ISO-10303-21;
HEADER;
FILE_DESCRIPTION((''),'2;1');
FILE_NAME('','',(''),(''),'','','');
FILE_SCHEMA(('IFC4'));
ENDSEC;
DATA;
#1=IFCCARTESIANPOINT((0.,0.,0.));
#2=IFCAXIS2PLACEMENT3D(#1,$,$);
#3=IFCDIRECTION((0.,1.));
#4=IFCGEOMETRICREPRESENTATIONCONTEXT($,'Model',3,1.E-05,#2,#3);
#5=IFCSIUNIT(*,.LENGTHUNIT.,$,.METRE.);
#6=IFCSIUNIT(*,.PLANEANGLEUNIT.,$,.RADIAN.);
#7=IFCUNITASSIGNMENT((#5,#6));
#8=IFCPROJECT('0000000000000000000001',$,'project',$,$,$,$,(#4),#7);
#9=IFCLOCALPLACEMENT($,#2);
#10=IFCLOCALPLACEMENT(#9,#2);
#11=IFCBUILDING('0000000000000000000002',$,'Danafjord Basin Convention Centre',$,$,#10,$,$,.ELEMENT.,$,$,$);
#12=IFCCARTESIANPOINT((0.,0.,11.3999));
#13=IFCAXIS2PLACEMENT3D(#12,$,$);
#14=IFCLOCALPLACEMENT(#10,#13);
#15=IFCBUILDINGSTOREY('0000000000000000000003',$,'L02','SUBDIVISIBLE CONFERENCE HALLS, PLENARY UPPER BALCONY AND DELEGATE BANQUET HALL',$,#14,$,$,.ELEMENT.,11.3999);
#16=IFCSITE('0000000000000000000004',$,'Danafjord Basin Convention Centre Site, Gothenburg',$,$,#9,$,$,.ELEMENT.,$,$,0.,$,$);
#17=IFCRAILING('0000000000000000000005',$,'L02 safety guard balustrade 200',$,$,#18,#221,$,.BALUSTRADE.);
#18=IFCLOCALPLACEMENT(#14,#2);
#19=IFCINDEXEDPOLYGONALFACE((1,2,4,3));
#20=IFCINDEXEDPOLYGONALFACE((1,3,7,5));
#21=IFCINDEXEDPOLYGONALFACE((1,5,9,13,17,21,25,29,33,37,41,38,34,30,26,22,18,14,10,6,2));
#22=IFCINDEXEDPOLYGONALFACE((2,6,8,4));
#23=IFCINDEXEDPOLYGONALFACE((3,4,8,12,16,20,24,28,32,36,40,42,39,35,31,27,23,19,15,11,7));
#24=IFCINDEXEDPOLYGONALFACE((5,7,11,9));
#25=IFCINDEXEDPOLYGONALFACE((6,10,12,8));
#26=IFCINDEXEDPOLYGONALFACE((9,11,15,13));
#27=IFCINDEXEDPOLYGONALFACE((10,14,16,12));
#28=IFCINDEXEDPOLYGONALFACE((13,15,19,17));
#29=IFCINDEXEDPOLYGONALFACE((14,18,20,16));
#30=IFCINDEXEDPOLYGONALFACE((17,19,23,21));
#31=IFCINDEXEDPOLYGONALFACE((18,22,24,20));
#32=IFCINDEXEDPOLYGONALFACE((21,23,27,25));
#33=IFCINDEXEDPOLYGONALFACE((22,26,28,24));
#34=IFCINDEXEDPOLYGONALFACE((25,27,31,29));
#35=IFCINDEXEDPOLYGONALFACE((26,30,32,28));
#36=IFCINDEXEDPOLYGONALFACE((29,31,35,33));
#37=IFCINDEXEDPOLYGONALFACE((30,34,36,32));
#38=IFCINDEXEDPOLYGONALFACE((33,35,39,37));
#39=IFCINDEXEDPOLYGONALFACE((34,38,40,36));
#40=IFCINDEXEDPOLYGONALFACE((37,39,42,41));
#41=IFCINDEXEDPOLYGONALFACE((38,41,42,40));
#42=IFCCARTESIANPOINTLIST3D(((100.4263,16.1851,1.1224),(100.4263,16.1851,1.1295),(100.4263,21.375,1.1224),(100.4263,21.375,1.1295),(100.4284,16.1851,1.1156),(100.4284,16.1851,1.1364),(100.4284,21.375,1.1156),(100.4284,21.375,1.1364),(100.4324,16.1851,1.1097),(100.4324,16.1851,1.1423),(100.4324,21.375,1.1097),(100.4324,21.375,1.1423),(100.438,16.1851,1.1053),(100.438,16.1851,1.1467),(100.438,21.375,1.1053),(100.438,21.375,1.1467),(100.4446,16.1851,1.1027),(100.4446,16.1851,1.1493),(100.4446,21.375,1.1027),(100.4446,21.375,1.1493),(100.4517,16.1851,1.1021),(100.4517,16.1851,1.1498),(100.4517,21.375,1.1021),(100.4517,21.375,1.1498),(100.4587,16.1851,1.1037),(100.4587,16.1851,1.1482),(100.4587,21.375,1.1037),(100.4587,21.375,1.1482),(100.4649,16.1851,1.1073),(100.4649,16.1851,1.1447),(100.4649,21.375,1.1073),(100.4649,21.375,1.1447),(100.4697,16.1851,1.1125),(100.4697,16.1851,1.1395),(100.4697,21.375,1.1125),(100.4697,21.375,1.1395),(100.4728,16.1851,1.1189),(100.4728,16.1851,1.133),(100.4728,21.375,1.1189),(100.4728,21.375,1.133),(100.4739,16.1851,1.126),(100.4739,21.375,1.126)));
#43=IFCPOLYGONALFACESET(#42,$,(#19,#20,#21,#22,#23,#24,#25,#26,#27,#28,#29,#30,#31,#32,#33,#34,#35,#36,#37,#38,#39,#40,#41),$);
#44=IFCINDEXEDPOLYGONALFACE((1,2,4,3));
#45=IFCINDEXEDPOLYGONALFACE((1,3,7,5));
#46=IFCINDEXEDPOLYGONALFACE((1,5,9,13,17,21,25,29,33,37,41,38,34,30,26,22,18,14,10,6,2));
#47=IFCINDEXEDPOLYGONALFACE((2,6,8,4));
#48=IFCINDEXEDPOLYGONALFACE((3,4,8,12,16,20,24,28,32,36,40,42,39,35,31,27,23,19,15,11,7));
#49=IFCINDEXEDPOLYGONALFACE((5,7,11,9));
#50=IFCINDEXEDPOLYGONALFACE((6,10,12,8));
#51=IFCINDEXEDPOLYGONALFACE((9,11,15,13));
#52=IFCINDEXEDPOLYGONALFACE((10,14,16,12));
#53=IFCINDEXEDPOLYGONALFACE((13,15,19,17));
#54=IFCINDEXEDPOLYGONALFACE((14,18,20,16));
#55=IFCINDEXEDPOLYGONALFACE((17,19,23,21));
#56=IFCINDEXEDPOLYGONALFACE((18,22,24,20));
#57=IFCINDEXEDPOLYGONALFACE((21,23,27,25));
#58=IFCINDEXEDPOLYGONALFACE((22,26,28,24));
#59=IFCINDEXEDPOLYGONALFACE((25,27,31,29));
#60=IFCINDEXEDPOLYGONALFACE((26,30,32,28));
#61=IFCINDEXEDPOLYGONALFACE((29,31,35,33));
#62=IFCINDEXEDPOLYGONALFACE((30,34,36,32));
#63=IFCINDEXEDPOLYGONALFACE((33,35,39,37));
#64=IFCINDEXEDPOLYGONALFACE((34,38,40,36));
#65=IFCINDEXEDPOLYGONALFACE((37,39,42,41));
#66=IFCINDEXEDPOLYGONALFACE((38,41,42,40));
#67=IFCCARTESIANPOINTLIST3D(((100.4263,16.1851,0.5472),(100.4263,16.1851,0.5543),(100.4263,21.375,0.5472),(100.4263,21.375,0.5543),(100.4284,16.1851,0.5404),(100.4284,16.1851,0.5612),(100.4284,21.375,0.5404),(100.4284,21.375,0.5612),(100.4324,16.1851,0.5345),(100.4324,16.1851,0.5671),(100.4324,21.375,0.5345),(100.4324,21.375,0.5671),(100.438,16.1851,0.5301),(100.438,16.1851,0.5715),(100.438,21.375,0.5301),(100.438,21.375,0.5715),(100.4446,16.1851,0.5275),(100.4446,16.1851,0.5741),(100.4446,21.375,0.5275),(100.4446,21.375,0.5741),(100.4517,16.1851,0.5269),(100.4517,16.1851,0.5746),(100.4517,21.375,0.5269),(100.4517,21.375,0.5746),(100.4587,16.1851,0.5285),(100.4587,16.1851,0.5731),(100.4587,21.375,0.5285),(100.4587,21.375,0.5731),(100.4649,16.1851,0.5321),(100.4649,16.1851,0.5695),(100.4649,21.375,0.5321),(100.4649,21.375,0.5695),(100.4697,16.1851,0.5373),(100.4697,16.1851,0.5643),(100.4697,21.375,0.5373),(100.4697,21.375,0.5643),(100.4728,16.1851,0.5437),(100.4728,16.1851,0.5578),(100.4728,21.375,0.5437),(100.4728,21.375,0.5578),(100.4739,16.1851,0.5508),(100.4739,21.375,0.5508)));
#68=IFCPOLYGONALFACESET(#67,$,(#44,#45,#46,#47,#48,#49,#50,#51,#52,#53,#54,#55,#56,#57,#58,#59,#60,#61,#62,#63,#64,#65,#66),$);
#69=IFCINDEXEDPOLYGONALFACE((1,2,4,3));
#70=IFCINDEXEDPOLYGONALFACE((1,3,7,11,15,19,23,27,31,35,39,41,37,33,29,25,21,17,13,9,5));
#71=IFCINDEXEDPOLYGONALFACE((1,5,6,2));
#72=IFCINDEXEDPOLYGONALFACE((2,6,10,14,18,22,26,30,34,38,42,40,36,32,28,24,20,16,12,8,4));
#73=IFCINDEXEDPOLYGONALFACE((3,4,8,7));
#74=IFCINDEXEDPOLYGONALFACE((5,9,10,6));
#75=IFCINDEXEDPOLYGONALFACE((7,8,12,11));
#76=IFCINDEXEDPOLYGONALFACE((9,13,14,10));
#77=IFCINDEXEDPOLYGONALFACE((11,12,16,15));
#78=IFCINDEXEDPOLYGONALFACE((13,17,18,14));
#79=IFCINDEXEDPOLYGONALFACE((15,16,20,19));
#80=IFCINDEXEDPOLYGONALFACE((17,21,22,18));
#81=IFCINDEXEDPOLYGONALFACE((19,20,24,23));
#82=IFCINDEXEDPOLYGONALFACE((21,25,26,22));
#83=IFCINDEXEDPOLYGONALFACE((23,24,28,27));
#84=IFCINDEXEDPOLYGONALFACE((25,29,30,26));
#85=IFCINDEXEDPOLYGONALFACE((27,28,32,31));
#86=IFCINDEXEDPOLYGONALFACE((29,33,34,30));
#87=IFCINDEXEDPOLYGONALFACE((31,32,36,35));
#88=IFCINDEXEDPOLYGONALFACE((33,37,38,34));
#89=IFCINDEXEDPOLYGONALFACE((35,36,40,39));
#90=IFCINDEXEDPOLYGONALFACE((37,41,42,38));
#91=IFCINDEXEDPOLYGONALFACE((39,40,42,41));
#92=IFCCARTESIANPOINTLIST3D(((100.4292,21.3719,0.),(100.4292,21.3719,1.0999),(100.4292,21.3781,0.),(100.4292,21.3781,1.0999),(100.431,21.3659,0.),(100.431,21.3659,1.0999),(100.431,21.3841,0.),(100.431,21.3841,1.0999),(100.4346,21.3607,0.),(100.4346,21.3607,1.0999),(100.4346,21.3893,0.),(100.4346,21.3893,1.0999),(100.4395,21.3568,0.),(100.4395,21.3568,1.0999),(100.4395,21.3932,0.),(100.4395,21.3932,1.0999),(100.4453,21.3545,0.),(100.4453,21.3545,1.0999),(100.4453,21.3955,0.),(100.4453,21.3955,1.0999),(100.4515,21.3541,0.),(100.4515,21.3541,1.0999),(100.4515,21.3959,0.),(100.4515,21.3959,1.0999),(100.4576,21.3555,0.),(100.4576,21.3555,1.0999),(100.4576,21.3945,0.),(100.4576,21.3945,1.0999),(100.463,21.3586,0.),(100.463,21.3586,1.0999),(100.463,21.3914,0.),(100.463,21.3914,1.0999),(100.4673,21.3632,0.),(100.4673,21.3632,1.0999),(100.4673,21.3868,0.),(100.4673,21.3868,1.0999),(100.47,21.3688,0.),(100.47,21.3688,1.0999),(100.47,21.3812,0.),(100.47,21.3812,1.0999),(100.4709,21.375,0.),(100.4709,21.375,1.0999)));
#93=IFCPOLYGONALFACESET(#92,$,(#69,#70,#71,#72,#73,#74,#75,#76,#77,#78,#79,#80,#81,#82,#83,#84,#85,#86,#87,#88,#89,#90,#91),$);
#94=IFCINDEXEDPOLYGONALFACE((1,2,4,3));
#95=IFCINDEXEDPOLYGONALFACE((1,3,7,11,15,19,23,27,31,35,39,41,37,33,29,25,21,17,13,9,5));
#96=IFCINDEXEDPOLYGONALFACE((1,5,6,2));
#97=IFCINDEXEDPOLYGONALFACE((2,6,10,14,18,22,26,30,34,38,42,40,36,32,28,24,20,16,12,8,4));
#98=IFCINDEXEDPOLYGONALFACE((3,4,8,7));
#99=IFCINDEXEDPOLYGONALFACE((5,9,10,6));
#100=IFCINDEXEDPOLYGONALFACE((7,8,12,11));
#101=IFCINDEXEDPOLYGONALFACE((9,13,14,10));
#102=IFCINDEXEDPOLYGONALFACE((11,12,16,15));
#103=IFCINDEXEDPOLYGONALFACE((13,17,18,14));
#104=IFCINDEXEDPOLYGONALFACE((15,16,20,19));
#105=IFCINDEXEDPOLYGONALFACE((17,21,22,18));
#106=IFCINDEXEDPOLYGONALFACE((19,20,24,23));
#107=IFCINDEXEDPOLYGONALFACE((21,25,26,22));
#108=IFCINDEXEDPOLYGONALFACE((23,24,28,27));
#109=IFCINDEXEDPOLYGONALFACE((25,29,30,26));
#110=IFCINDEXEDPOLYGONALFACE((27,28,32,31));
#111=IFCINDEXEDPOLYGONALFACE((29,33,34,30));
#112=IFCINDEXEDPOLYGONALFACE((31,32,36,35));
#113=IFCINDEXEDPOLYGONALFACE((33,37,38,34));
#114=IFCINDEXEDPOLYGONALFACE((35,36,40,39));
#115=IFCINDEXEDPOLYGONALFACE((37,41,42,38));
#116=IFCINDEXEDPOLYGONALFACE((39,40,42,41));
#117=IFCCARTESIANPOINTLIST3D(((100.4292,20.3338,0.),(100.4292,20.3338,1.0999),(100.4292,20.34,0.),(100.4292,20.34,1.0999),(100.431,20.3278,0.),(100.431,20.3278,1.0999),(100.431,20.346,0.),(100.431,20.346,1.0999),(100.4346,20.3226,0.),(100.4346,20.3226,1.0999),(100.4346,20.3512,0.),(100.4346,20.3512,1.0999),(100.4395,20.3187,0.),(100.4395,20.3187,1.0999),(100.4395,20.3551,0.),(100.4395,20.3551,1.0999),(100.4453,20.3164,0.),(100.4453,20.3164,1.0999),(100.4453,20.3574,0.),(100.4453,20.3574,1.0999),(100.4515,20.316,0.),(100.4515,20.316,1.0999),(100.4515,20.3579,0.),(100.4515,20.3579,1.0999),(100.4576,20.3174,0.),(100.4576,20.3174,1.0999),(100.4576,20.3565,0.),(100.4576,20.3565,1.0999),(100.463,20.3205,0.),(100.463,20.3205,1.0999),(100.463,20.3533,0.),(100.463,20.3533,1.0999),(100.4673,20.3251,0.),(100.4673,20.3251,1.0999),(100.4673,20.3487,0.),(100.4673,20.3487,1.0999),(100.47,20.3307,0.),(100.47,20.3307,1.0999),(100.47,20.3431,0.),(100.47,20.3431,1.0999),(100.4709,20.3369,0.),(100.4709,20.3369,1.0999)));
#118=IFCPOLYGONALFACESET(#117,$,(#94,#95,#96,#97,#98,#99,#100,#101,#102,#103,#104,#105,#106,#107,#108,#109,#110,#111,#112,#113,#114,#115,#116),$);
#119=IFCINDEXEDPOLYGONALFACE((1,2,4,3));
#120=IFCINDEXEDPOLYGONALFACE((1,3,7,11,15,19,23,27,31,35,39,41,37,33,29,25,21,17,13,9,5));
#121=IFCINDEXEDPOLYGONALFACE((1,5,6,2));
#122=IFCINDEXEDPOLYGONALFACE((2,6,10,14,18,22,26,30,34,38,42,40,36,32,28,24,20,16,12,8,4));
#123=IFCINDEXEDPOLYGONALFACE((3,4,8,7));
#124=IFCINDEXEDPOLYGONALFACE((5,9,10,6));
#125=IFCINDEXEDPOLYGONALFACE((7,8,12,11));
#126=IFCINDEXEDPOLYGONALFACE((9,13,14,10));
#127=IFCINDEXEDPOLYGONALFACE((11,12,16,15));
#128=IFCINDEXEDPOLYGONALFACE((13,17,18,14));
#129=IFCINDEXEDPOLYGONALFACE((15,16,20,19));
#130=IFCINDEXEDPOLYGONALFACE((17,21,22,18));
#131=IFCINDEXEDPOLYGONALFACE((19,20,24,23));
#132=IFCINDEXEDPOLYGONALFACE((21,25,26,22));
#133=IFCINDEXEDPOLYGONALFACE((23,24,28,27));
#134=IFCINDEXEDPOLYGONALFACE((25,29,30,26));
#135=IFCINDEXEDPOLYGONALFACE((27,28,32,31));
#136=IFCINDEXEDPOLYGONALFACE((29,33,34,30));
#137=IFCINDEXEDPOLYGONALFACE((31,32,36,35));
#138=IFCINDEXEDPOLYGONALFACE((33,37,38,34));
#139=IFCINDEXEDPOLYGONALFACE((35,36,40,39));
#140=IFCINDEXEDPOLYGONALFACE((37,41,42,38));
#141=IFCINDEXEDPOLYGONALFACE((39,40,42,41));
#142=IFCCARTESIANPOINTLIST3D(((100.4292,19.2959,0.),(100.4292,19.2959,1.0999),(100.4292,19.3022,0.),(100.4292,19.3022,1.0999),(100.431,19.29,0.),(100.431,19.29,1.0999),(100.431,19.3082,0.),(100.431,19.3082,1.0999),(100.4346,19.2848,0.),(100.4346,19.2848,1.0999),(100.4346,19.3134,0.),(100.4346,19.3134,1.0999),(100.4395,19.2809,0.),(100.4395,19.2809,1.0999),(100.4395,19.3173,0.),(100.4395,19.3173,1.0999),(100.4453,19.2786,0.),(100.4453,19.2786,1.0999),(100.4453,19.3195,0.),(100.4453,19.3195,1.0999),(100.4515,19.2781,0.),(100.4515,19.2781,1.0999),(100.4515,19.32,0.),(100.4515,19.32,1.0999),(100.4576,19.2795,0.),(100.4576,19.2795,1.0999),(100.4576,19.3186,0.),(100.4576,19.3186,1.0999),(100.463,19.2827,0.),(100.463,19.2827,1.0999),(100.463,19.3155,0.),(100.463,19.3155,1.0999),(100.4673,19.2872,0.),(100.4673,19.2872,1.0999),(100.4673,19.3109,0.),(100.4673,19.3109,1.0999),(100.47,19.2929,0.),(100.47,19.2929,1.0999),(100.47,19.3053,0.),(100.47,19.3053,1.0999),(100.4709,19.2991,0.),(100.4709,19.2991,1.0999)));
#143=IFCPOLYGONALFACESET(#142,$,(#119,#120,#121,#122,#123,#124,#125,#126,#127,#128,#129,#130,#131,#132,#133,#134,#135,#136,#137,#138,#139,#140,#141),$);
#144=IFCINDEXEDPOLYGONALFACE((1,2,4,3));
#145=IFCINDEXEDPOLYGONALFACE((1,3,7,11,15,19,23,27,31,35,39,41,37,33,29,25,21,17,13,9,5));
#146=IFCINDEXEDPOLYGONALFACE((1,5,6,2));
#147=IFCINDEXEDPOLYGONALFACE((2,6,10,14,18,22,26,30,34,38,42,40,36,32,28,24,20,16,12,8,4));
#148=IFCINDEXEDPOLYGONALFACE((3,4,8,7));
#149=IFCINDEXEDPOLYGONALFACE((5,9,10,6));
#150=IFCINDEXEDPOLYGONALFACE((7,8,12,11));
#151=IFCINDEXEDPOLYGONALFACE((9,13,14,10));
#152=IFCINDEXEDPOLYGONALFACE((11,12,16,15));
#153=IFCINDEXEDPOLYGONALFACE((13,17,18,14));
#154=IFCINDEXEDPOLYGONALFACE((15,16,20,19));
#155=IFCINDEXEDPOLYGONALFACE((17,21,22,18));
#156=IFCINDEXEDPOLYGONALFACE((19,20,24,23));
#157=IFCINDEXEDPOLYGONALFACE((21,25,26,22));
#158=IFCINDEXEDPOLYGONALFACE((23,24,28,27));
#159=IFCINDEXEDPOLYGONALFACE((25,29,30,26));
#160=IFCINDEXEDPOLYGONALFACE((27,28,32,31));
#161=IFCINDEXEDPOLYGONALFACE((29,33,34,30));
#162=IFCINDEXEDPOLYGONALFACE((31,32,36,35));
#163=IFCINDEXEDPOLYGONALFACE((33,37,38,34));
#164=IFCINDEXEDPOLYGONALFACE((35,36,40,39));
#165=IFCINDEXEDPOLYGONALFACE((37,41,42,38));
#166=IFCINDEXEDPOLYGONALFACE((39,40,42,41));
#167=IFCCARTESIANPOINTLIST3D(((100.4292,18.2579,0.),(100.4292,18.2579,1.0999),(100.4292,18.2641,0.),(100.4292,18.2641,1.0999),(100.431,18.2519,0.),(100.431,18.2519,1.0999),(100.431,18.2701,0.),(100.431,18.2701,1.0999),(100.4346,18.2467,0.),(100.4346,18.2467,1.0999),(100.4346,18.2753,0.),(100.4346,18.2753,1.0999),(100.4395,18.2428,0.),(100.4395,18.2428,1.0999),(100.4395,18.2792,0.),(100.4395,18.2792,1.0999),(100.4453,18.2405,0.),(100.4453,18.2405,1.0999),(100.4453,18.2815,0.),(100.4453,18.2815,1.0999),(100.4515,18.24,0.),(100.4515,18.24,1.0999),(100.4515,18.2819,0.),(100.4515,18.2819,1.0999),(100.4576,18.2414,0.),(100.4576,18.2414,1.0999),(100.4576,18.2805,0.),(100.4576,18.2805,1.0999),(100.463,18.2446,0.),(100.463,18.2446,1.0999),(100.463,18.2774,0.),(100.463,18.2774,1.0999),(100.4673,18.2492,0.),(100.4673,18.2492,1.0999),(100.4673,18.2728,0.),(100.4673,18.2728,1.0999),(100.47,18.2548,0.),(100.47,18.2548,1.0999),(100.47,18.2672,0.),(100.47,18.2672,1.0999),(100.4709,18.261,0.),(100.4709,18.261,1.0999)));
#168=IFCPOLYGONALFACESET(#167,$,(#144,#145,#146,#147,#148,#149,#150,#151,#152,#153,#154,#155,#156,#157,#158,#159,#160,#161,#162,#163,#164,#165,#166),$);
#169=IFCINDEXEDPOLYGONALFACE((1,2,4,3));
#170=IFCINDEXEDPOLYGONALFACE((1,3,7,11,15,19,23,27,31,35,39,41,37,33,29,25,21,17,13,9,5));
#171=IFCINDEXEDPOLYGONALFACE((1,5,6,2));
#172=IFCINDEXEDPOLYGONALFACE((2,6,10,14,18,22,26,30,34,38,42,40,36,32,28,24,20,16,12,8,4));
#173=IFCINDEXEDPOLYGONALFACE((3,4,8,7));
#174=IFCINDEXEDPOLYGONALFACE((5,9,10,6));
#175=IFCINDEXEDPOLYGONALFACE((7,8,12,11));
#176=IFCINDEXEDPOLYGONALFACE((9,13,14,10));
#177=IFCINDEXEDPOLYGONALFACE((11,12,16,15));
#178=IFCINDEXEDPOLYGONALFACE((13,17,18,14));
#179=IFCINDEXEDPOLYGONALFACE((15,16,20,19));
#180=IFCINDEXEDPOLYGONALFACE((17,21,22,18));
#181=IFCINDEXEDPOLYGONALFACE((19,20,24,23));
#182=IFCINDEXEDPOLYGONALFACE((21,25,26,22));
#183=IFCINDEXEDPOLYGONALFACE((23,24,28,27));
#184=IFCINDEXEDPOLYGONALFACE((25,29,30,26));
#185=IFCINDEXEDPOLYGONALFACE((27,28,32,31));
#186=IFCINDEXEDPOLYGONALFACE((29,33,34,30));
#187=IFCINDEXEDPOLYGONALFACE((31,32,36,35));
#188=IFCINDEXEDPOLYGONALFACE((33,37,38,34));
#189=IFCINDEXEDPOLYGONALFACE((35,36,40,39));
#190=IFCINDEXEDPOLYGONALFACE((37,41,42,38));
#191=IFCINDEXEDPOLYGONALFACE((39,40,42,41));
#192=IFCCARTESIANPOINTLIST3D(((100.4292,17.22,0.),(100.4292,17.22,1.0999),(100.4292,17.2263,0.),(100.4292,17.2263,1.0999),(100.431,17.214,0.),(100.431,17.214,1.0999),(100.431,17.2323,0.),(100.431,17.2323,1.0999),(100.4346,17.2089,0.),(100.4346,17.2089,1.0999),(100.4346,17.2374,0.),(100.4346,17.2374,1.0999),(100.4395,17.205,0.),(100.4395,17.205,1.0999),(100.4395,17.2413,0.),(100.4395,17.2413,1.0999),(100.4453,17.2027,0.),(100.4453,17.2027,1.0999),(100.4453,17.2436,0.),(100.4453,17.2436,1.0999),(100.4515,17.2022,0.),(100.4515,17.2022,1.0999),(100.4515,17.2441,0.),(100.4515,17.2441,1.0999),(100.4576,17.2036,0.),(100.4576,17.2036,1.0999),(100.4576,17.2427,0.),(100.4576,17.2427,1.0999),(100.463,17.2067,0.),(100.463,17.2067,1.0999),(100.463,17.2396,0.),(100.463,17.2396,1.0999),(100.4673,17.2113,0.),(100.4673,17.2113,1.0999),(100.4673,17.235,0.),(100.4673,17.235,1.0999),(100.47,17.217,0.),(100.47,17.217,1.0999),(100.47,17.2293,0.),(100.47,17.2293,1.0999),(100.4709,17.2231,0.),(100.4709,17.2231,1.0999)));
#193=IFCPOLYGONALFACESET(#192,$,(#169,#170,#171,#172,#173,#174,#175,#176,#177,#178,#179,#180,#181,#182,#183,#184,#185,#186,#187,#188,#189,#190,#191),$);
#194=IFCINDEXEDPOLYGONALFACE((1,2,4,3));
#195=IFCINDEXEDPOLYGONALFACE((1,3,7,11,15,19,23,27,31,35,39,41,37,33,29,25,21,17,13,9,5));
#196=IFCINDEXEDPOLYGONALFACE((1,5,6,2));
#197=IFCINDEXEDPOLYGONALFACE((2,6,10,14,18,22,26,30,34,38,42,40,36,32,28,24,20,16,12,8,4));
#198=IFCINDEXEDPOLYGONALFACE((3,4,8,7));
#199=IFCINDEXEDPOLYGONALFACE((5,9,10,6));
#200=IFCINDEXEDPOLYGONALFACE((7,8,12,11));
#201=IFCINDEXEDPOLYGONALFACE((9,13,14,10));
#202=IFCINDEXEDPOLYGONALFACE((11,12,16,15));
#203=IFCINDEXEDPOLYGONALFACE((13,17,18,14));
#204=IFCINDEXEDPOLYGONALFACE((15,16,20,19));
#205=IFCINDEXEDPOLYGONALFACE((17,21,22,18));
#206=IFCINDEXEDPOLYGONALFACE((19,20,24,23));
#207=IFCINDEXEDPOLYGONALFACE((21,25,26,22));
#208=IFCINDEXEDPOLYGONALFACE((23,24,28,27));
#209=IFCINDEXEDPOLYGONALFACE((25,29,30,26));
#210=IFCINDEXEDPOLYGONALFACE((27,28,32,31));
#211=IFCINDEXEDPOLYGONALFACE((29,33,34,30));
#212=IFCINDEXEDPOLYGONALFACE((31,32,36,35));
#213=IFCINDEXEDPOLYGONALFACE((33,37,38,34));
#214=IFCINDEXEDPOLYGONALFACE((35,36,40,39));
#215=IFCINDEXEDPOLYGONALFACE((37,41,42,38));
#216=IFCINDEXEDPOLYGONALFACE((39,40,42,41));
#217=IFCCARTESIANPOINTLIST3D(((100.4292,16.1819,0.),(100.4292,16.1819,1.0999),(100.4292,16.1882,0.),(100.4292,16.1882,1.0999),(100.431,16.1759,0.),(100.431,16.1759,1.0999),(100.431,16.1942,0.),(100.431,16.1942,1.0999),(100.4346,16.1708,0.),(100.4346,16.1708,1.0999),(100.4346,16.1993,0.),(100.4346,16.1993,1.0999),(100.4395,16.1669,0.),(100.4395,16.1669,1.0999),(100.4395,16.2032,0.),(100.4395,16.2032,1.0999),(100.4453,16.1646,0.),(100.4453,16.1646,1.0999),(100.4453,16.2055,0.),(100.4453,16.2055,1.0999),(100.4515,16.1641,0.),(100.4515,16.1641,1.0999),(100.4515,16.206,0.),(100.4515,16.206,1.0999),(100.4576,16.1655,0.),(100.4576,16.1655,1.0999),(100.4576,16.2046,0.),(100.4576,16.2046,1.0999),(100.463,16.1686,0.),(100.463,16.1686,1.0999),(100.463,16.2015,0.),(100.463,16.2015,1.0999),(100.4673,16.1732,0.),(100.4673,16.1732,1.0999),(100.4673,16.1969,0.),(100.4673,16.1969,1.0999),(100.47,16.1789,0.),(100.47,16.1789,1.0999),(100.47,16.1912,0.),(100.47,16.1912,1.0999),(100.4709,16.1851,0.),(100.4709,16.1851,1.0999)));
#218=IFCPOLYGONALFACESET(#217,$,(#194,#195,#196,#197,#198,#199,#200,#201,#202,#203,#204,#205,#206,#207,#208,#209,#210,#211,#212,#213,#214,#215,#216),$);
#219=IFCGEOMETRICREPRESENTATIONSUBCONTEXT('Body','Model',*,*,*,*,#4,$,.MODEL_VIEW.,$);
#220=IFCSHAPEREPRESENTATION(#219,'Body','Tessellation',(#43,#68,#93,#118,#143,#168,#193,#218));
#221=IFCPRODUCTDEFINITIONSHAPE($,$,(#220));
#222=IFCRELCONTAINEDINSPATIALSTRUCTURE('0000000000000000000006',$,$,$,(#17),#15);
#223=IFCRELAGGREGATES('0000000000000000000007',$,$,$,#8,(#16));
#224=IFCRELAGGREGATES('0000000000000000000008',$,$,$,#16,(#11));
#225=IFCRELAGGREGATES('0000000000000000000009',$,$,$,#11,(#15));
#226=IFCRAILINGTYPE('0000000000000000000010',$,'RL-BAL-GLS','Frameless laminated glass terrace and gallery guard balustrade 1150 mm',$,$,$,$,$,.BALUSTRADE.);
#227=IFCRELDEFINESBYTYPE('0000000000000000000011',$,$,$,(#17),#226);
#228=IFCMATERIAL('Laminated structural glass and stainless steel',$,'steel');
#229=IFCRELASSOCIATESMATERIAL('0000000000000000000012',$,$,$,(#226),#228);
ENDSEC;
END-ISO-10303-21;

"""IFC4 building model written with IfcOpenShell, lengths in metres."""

from ifc_helpers import new_model, si_unit, direction, frame, origin, origin_2d, place, context, subcontext, project, spatial, circle, extrude, material, type_object, element, save


model = new_model("IFC4")

# Units and contexts
model_context = context("Model", 3, precision=1e-05, world=origin(), true_north=direction((0.0, 1.0)))
body_context = subcontext(model_context, "Body", "Model", "MODEL_VIEW")
ifc_project = project(units=[si_unit("LENGTHUNIT", "METRE"), si_unit("PLANEANGLEUNIT", "RADIAN")], contexts=[model_context])

# Site, building, storey
site_placement = place(None, origin())
site = spatial("IfcSite", under=ifc_project, at=site_placement, Name="Danafjord Basin Convention Centre Site, Gothenburg", CompositionType="ELEMENT", RefElevation=0.0)
building_placement = place(site_placement, origin())
building = spatial("IfcBuilding", under=site, at=building_placement, Name="Danafjord Basin Convention Centre", CompositionType="ELEMENT")
storey_placement = place(building_placement, frame((0.0, 0.0, 11.3999)))
storey = spatial("IfcBuildingStorey", under=building, at=storey_placement, Name="L02", Description="SUBDIVISIBLE CONFERENCE HALLS, PLENARY UPPER BALCONY AND DELEGATE BANQUET HALL", CompositionType="ELEMENT", Elevation=11.3999)

# Railing
ifc_material_1 = material(Name="Laminated structural glass and stainless steel", Category="steel")
railing_type_1 = type_object("IfcRailingType", Name="RL-BAL-GLS", Description="Frameless laminated glass terrace and gallery guard balustrade 1150 mm", PredefinedType="BALUSTRADE", material=ifc_material_1)
railing_1_placement = place(storey_placement, frame((100.45, 21.375, 0.0)))
element("IfcRailing", 1, at=railing_1_placement, inside=storey, type_object=railing_type_1, Name="L02 safety guard balustrade 200", PredefinedType="BALUSTRADE", context=body_context, shape_type="SweptSolid", body=[
    extrude(circle(Radius=0.0239, at=origin_2d()), frame((0.0, 0.0, 1.126), z_axis=(0.0, -1.0, 0.0), x_axis=(1.0, 0.0, 0.0)), (0.0, 0.0, 1.0), 5.1899),
    extrude(circle(Radius=0.0239, at=origin_2d()), frame((0.0, 0.0, 0.5508), z_axis=(0.0, -1.0, 0.0), x_axis=(1.0, 0.0, 0.0)), (0.0, 0.0, 1.0), 5.1899),
    extrude(circle(Radius=0.021, at=origin_2d()), origin(), (0.0, 0.0, 1.0), 1.0999),
    extrude(circle(Radius=0.021, at=origin_2d()), frame((0.0, -1.0381, 0.0)), (0.0, 0.0, 1.0), 1.0999),
    extrude(circle(Radius=0.021, at=origin_2d()), frame((0.0, -2.0759, 0.0)), (0.0, 0.0, 1.0), 1.0999),
    extrude(circle(Radius=0.021, at=origin_2d()), frame((0.0, -3.114, 0.0)), (0.0, 0.0, 1.0), 1.0999),
    extrude(circle(Radius=0.021, at=origin_2d()), frame((0.0, -4.1519, 0.0)), (0.0, 0.0, 1.0), 1.0999),
    extrude(circle(Radius=0.021, at=origin_2d()), frame((0.0, -5.1899, 0.0)), (0.0, 0.0, 1.0), 1.0999),
])

save(model, "model.ifc")
